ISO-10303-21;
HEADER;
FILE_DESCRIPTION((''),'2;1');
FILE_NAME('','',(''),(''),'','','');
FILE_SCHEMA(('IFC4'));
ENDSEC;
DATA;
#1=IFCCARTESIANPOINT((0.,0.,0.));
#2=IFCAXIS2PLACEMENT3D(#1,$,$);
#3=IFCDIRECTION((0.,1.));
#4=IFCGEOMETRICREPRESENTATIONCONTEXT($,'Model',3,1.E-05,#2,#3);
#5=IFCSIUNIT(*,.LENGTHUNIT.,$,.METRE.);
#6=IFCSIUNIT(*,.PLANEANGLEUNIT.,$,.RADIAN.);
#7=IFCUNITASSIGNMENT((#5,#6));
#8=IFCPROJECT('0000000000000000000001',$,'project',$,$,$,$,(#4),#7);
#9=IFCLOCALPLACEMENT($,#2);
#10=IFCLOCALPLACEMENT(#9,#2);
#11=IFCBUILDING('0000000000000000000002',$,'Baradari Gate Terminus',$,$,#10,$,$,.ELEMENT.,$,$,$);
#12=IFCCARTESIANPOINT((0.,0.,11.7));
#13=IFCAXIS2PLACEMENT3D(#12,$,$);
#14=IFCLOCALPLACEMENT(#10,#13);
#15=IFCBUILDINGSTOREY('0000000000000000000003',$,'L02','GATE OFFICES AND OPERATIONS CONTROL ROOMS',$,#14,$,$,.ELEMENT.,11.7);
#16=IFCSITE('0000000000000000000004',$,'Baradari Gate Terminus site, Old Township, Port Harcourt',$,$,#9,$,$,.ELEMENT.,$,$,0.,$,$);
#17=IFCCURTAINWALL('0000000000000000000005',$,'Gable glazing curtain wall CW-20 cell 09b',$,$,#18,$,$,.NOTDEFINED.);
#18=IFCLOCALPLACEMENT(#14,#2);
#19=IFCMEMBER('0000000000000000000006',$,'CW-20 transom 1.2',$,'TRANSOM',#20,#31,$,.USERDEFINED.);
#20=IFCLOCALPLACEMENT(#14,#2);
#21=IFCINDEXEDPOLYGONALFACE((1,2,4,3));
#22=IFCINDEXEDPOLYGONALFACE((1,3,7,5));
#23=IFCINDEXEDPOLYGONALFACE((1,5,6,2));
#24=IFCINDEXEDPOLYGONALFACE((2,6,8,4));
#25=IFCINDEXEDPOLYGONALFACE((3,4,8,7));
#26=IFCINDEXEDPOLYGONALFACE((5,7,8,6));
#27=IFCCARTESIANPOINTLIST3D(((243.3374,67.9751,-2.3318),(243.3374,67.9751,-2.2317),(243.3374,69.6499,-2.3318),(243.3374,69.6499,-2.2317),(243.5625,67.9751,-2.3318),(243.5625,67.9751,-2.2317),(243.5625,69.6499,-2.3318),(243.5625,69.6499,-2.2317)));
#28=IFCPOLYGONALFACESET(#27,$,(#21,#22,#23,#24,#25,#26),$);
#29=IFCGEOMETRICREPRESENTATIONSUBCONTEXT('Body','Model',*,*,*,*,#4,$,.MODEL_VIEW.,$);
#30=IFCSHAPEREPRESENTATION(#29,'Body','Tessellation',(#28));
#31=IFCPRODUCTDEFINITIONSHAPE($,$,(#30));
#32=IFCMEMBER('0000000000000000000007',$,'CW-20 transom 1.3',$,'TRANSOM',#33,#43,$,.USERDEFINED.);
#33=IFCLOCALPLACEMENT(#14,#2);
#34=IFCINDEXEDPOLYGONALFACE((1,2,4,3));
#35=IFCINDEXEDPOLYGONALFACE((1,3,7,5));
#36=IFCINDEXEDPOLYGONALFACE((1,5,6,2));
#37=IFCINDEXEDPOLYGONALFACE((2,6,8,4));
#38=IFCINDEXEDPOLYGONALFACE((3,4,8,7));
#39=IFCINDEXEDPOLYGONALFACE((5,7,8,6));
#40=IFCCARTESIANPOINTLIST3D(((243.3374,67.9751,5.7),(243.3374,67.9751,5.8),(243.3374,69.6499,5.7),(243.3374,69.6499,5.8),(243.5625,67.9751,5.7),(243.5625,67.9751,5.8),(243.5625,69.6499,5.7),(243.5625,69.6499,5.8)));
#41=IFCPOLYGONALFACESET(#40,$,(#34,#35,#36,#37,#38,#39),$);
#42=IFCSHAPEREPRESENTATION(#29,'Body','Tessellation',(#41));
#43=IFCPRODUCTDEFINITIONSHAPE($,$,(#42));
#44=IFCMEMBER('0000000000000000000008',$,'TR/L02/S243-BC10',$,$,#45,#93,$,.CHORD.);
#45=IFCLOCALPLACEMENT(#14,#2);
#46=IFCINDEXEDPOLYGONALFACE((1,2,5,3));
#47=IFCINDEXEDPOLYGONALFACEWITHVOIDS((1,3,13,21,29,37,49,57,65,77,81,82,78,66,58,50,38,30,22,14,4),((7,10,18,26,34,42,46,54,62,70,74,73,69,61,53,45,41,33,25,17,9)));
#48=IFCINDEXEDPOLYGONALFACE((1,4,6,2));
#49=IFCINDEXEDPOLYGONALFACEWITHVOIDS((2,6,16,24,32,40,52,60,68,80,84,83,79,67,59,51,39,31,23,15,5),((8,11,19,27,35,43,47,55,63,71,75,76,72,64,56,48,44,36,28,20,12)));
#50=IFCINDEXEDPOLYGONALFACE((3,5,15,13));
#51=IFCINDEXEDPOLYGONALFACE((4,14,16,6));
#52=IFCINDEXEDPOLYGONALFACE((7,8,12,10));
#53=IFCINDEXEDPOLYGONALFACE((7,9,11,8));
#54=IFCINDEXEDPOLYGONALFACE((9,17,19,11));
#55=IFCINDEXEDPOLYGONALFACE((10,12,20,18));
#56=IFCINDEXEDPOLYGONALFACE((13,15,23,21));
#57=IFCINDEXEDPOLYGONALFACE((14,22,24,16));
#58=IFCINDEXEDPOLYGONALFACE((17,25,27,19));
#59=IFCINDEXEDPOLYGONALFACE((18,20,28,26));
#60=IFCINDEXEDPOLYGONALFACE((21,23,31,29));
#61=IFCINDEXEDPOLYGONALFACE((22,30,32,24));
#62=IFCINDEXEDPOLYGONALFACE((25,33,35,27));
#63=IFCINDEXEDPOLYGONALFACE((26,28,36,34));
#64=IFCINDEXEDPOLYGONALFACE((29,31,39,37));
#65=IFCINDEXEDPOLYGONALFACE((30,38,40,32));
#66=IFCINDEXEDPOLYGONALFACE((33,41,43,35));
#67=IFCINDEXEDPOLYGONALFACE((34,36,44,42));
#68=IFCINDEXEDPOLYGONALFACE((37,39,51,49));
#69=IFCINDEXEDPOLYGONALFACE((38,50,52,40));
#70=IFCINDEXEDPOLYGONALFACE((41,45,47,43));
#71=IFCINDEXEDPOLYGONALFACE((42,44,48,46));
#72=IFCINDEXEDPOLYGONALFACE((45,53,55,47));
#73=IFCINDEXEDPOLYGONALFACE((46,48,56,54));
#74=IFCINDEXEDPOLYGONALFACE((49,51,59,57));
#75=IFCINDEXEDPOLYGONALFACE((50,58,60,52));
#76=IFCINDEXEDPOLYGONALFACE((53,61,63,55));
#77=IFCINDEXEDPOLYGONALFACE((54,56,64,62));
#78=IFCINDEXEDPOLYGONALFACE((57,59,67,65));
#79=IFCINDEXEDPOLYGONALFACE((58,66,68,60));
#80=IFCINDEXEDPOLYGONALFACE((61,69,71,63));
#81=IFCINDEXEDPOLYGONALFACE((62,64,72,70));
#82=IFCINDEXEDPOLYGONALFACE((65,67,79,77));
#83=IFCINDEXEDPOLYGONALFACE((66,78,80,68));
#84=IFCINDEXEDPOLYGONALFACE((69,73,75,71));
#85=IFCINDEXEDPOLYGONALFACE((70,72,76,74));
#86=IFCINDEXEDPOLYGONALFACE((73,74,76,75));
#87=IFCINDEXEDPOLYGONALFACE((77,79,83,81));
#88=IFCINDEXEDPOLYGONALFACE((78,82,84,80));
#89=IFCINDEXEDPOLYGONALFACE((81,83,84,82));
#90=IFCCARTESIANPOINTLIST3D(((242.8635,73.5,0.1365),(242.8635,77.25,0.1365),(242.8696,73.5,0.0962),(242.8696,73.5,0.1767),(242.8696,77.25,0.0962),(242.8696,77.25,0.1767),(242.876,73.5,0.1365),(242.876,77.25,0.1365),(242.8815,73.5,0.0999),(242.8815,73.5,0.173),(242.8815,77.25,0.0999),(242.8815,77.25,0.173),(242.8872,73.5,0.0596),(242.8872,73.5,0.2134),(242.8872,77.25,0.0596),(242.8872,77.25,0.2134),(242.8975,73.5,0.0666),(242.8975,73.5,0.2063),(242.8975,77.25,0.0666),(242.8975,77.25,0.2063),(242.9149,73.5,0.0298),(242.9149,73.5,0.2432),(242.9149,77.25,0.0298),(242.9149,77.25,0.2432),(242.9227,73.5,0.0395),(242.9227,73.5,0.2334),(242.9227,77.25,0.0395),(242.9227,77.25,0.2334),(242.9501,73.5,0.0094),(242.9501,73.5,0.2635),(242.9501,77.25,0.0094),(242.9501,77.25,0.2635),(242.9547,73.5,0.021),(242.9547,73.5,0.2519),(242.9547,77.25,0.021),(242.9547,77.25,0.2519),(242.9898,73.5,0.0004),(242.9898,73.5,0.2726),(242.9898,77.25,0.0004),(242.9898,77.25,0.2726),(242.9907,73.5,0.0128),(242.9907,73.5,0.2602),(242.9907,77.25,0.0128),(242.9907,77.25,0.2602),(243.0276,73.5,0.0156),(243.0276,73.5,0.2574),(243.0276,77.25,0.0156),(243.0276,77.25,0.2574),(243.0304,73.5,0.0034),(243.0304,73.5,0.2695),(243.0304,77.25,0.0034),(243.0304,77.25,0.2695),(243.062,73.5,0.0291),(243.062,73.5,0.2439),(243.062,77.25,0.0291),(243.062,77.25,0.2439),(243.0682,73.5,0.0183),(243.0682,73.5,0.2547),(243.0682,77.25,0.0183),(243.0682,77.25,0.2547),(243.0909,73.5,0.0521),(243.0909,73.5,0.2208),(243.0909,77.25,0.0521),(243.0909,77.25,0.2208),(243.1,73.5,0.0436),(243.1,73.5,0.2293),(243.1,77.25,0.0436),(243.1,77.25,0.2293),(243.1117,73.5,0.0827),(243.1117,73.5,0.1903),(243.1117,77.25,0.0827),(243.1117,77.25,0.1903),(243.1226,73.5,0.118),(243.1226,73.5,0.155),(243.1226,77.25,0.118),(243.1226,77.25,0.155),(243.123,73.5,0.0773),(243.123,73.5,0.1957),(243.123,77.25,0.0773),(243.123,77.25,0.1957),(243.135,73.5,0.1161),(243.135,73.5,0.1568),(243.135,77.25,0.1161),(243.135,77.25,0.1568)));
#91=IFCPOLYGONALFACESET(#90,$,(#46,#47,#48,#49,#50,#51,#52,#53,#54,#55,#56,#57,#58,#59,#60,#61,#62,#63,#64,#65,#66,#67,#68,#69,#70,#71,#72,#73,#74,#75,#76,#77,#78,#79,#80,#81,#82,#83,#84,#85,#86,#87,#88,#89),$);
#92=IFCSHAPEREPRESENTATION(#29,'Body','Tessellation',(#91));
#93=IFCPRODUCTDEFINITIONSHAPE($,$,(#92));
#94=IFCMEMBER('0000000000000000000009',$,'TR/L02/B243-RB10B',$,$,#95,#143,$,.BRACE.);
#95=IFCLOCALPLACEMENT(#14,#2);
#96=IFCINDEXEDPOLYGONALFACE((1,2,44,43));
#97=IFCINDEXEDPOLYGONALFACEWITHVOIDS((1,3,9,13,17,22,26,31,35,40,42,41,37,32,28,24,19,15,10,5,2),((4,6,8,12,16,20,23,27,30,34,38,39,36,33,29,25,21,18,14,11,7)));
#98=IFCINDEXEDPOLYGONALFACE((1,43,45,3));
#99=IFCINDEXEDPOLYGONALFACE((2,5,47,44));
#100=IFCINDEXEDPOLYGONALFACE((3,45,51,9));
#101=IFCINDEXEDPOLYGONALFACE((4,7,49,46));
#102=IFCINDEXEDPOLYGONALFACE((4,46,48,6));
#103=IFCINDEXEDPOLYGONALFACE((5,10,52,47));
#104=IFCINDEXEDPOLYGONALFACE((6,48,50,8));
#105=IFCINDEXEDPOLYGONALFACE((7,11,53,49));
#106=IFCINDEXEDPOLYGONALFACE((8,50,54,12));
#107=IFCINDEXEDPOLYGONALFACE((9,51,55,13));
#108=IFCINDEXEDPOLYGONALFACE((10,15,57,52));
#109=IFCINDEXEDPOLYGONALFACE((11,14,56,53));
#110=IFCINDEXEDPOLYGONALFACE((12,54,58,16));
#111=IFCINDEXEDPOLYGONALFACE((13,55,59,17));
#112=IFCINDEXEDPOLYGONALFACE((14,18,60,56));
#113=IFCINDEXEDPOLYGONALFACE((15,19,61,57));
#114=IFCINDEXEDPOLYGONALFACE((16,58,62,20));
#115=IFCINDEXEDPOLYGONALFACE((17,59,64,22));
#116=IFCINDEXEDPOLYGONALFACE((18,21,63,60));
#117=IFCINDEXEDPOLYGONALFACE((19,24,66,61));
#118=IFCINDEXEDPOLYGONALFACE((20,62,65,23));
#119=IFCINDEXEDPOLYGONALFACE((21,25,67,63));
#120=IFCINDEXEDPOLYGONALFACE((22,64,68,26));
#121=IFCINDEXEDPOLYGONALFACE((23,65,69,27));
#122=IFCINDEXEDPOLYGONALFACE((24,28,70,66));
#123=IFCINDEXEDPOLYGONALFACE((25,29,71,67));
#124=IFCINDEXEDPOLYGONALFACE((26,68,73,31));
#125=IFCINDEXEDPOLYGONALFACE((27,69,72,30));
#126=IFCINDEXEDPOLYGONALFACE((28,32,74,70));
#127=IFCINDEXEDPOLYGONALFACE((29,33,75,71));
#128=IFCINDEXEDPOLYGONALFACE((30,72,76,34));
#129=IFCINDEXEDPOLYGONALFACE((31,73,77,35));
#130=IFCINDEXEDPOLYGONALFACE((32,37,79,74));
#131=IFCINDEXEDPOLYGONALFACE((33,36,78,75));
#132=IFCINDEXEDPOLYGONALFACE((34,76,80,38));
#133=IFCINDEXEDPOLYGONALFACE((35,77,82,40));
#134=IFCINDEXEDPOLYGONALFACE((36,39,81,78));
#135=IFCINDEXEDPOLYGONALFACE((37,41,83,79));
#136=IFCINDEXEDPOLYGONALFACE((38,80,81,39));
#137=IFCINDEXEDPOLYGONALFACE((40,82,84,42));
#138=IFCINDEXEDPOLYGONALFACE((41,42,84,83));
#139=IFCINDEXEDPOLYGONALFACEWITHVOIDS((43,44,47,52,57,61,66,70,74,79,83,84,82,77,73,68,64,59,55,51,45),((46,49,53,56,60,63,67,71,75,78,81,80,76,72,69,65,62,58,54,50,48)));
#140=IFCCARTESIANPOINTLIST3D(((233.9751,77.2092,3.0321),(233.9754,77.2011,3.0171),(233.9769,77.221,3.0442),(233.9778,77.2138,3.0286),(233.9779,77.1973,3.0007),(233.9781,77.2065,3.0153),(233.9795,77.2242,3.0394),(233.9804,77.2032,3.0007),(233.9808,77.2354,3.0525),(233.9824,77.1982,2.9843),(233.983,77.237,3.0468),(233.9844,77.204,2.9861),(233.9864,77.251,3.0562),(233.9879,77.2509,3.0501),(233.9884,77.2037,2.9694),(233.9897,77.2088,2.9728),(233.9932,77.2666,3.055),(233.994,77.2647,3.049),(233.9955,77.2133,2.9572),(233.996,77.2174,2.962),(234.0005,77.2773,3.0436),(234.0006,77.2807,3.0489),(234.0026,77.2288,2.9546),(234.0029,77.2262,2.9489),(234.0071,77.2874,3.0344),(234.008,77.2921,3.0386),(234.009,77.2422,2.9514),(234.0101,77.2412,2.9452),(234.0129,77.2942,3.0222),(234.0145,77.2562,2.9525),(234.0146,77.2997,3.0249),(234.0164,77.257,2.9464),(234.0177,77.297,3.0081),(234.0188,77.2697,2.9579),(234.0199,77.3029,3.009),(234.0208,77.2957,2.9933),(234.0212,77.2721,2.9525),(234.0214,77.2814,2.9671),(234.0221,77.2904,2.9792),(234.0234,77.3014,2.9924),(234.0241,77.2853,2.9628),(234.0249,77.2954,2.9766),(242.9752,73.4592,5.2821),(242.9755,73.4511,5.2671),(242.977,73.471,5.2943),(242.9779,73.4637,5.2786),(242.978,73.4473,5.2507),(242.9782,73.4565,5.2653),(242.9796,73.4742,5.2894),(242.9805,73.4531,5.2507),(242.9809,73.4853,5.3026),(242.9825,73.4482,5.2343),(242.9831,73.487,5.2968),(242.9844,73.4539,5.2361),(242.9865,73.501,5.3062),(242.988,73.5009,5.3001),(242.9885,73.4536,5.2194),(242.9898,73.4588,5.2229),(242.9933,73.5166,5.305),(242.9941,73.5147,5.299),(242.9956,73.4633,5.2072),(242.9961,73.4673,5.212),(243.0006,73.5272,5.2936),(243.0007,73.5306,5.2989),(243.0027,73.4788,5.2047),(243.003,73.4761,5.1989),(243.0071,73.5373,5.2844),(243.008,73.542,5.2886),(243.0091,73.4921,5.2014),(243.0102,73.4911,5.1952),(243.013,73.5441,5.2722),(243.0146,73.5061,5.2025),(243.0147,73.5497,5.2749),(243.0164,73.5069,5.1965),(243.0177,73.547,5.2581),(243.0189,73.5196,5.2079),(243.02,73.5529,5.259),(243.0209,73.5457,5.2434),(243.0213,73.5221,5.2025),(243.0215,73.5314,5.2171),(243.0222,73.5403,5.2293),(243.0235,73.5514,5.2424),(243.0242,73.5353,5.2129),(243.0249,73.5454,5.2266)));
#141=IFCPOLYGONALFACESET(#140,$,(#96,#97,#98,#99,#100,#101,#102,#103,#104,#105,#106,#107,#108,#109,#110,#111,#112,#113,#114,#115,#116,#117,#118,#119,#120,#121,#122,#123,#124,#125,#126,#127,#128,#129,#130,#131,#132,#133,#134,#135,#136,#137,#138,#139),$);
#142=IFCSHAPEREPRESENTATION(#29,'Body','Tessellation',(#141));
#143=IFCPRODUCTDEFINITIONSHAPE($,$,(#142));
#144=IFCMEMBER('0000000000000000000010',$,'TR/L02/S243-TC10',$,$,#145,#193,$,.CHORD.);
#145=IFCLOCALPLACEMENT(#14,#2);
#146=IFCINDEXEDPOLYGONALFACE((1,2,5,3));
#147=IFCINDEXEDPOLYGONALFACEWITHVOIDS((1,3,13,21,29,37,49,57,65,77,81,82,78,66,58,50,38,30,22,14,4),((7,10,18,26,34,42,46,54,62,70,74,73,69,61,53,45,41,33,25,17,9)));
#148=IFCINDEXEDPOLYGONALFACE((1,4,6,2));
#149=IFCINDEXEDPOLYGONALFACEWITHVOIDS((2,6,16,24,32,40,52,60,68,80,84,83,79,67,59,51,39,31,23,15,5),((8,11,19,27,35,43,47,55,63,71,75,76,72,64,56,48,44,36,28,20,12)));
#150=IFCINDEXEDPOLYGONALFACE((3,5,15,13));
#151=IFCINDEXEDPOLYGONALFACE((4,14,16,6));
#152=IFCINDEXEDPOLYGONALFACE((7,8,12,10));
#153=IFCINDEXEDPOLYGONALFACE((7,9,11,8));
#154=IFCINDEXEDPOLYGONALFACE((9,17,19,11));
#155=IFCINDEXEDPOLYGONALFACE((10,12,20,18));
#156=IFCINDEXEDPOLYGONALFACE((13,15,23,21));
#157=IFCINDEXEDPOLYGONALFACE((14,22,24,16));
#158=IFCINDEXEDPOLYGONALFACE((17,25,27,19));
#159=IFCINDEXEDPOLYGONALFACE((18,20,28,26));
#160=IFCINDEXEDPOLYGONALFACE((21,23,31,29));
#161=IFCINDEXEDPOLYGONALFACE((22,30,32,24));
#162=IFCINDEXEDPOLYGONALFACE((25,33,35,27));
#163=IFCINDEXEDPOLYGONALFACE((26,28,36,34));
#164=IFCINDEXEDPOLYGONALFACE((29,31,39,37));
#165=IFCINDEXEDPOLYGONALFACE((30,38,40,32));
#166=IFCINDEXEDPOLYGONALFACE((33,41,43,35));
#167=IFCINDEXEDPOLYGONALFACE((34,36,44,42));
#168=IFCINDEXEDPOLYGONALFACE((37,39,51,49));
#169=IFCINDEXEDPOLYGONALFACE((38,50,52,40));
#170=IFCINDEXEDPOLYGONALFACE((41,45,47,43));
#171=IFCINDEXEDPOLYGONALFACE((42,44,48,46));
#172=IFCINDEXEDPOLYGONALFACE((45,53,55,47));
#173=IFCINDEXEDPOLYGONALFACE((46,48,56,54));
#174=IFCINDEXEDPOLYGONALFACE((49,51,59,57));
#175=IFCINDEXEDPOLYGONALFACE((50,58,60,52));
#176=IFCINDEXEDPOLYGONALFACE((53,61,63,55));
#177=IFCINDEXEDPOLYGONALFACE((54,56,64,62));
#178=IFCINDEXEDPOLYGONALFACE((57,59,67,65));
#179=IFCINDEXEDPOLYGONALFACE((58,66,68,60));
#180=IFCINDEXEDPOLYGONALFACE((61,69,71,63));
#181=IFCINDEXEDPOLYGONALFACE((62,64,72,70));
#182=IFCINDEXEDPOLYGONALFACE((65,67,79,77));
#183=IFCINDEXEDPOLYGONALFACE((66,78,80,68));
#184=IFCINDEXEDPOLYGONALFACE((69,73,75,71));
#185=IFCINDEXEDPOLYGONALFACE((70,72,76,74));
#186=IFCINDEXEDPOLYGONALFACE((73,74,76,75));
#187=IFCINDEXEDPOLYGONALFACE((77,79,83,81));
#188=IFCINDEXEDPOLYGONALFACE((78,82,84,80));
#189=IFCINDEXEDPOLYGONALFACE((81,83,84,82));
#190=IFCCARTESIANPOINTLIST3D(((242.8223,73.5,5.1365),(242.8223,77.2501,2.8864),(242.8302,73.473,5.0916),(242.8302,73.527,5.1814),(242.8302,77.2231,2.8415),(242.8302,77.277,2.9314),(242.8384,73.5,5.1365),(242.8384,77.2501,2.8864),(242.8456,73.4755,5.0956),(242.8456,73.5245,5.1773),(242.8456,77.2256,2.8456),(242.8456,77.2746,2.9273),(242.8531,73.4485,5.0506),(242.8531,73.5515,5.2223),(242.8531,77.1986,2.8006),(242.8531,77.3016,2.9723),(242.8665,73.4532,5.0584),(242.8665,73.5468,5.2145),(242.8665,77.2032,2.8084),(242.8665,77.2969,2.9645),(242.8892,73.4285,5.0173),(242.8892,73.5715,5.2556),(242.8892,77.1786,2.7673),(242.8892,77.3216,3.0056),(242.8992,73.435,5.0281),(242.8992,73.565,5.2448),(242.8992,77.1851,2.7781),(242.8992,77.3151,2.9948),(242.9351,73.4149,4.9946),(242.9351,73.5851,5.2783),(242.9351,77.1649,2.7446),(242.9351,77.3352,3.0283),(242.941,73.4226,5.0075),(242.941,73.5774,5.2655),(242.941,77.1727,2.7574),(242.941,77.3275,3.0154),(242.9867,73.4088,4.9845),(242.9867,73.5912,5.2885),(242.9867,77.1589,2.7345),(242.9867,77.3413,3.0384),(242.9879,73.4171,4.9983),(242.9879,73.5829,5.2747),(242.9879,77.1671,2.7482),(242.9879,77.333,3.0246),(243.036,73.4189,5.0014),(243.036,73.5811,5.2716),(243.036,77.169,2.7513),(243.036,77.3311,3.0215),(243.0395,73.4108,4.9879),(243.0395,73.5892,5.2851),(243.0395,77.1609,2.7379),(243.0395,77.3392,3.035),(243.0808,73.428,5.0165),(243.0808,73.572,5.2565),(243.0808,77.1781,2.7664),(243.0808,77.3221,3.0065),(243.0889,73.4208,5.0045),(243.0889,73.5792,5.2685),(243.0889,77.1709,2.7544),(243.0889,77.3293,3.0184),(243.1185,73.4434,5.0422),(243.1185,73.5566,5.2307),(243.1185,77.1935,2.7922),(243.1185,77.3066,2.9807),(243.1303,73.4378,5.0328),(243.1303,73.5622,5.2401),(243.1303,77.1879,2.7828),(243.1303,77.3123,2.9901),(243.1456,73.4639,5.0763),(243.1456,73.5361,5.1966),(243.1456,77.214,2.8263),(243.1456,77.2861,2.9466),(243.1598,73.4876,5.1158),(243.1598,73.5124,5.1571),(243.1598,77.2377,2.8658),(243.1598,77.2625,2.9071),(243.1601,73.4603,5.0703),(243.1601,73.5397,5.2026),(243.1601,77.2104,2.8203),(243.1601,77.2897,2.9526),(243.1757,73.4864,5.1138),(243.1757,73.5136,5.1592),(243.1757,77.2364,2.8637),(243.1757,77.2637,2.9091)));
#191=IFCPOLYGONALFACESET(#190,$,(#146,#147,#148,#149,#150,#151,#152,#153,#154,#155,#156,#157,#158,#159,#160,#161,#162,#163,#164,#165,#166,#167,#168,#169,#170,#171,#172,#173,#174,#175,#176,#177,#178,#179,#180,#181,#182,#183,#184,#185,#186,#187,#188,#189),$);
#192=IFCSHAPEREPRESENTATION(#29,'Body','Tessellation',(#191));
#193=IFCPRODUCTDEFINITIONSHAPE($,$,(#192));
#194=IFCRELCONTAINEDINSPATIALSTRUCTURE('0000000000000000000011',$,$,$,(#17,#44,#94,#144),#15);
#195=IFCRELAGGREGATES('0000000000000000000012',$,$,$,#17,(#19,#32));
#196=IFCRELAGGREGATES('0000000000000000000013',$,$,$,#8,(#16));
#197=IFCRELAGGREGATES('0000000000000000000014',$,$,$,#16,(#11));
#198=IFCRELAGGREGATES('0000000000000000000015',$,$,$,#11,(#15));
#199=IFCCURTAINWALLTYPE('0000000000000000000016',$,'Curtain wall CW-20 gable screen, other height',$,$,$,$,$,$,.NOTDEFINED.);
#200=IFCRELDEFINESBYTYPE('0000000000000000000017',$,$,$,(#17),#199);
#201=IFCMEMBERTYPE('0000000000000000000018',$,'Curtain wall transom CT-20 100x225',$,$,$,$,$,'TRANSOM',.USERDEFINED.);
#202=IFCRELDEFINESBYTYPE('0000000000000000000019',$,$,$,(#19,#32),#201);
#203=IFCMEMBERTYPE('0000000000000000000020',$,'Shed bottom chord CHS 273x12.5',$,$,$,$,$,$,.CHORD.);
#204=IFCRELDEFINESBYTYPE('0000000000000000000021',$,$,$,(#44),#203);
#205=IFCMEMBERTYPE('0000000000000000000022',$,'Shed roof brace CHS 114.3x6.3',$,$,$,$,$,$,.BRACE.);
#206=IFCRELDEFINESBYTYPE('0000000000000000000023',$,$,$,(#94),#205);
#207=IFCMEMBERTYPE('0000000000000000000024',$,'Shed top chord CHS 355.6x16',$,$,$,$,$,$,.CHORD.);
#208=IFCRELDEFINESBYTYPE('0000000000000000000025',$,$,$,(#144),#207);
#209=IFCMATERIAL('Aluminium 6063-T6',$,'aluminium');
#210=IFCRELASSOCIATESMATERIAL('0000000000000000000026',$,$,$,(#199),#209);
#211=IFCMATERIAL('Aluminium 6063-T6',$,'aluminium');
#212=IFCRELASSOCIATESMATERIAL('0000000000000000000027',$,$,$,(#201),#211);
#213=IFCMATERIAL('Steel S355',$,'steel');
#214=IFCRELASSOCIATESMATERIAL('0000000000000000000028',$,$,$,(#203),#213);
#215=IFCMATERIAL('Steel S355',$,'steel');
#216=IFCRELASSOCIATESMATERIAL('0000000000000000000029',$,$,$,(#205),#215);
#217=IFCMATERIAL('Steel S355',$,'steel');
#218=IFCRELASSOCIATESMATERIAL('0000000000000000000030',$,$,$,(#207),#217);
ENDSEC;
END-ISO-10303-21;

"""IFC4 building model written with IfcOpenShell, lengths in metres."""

from ifc_helpers import new_model, si_unit, direction, frame, origin, origin_2d, place, context, subcontext, project, spatial, rectangle, hollow_circle, extrude, material, material_profile, profile_set, type_object, element, aggregate, save


model = new_model("IFC4")

# Units and contexts
model_context = context("Model", 3, precision=1e-05, world=origin(), true_north=direction((0.0, 1.0)))
body_context = subcontext(model_context, "Body", "Model", "MODEL_VIEW")
ifc_project = project(units=[si_unit("LENGTHUNIT", "METRE"), si_unit("PLANEANGLEUNIT", "RADIAN")], contexts=[model_context])

# Site, building, storey
site_placement = place(None, origin())
site = spatial("IfcSite", under=ifc_project, at=site_placement, Name="Baradari Gate Terminus site, Old Township, Port Harcourt", CompositionType="ELEMENT", RefElevation=0.0)
building_placement = place(site_placement, origin())
building = spatial("IfcBuilding", under=site, at=building_placement, Name="Baradari Gate Terminus", CompositionType="ELEMENT")
storey_placement = place(building_placement, frame((0.0, 0.0, 11.7)))
storey = spatial("IfcBuildingStorey", under=building, at=storey_placement, Name="L02", Description="GATE OFFICES AND OPERATIONS CONTROL ROOMS", CompositionType="ELEMENT", Elevation=11.7)

# Curtain wall
ifc_material_1 = material(Name="Aluminium 6063-T6", Category="aluminium")
curtain_wall_type_1 = type_object("IfcCurtainWallType", Name="Curtain wall CW-20 gable screen, other height", PredefinedType="NOTDEFINED", material=ifc_material_1)
curtain_wall_1_placement = place(storey_placement, origin())
curtain_wall_1 = element("IfcCurtainWall", 1, at=curtain_wall_1_placement, inside=storey, type_object=curtain_wall_type_1, Name="Gable glazing curtain wall CW-20 cell 09b", PredefinedType="NOTDEFINED")

# Members
ifc_material_2 = material(Name="Aluminium 6063-T6", Category="aluminium")
ifc_material_profile_1 = material_profile(ifc_material_2, rectangle(XDim=0.2251, YDim=0.1001, at=origin_2d()), Name="CT-20 100X225")
ifc_profile_set_1 = profile_set([ifc_material_profile_1], Name="Aluminium 6063-T6")
member_type_1 = type_object("IfcMemberType", Name="Curtain wall transom CT-20 100x225", ElementType="TRANSOM", PredefinedType="USERDEFINED", material=ifc_profile_set_1)
member_1_placement = place(storey_placement, frame((243.45, 67.9751, -2.2817), z_axis=(0.0, 1.0, 0.0), x_axis=(-1.0, 0.0, 0.0)))
member_1 = element("IfcMember", 2, at=member_1_placement, type_object=member_type_1, Name="CW-20 transom 1.2", ObjectType="TRANSOM", PredefinedType="USERDEFINED", context=body_context, shape_type="SweptSolid", body=[
    extrude(rectangle(XDim=0.2251, YDim=0.1001, at=origin_2d()), origin(), (0.0, 0.0, 1.0), 1.6748),
])
member_2_placement = place(storey_placement, frame((243.45, 67.9751, 5.75), z_axis=(0.0, 1.0, 0.0), x_axis=(-1.0, 0.0, 0.0)))
member_2 = element("IfcMember", 3, at=member_2_placement, type_object=member_type_1, Name="CW-20 transom 1.3", ObjectType="TRANSOM", PredefinedType="USERDEFINED", context=body_context, shape_type="SweptSolid", body=[
    extrude(rectangle(XDim=0.2251, YDim=0.1001, at=origin_2d()), origin(), (0.0, 0.0, 1.0), 1.6748),
])

# Members
ifc_material_3 = material(Name="Steel S355", Category="steel")
ifc_material_profile_2 = material_profile(ifc_material_3, hollow_circle(Radius=0.1365, WallThickness=0.0125, at=origin_2d()), Name="CHS 273x12.5")
ifc_profile_set_2 = profile_set([ifc_material_profile_2], Name="Steel S355")
member_type_2 = type_object("IfcMemberType", Name="Shed bottom chord CHS 273x12.5", PredefinedType="CHORD", material=ifc_profile_set_2)
member_3_placement = place(storey_placement, frame((243.0, 73.5, 0.1365), z_axis=(0.0, 1.0, 0.0), x_axis=(-1.0, 0.0, 0.0)))
element("IfcMember", 4, at=member_3_placement, inside=storey, type_object=member_type_2, Name="TR/L02/S243-BC10", PredefinedType="CHORD", context=body_context, shape_type="SweptSolid", body=[
    extrude(hollow_circle(Radius=0.1365, WallThickness=0.0125, at=origin_2d()), origin(), (0.0, 0.0, 1.0), 3.75),
])
ifc_material_4 = material(Name="Steel S355", Category="steel")
ifc_material_profile_3 = material_profile(ifc_material_4, hollow_circle(Radius=0.0571, WallThickness=0.0063, at=origin_2d()), Name="CHS 114.3x6.3")
ifc_profile_set_3 = profile_set([ifc_material_profile_3], Name="Steel S355")
member_type_3 = type_object("IfcMemberType", Name="Shed roof brace CHS 114.3x6.3", PredefinedType="BRACE", material=ifc_profile_set_3)
member_4_placement = place(storey_placement, frame((243.0, 73.5, 5.2507), z_axis=(-0.899438, 0.374766, -0.22486), x_axis=(-0.384615, -0.923077, 0.0)))
element("IfcMember", 5, at=member_4_placement, inside=storey, type_object=member_type_3, Name="TR/L02/B243-RB10B", PredefinedType="BRACE", context=body_context, shape_type="SweptSolid", body=[
    extrude(hollow_circle(Radius=0.0571, WallThickness=0.0063, at=origin_2d()), origin(), (0.0, 0.0, 1.0), 10.0063),
])
ifc_material_5 = material(Name="Steel S355", Category="steel")
ifc_material_profile_4 = material_profile(ifc_material_5, hollow_circle(Radius=0.1777, WallThickness=0.0161, at=origin_2d()), Name="CHS 355.6x16")
ifc_profile_set_4 = profile_set([ifc_material_profile_4], Name="Steel S355")
member_type_4 = type_object("IfcMemberType", Name="Shed top chord CHS 355.6x16", PredefinedType="CHORD", material=ifc_profile_set_4)
member_5_placement = place(storey_placement, frame((243.0, 73.5, 5.1365), z_axis=(0.0, 0.857493, -0.514496), x_axis=(-1.0, 0.0, 0.0)))
element("IfcMember", 6, at=member_5_placement, inside=storey, type_object=member_type_4, Name="TR/L02/S243-TC10", PredefinedType="CHORD", context=body_context, shape_type="SweptSolid", body=[
    extrude(hollow_circle(Radius=0.1777, WallThickness=0.0161, at=origin_2d()), origin(), (0.0, 0.0, 1.0), 4.3733),
])

aggregate(curtain_wall_1, [member_1, member_2])

save(model, "model.ifc")
